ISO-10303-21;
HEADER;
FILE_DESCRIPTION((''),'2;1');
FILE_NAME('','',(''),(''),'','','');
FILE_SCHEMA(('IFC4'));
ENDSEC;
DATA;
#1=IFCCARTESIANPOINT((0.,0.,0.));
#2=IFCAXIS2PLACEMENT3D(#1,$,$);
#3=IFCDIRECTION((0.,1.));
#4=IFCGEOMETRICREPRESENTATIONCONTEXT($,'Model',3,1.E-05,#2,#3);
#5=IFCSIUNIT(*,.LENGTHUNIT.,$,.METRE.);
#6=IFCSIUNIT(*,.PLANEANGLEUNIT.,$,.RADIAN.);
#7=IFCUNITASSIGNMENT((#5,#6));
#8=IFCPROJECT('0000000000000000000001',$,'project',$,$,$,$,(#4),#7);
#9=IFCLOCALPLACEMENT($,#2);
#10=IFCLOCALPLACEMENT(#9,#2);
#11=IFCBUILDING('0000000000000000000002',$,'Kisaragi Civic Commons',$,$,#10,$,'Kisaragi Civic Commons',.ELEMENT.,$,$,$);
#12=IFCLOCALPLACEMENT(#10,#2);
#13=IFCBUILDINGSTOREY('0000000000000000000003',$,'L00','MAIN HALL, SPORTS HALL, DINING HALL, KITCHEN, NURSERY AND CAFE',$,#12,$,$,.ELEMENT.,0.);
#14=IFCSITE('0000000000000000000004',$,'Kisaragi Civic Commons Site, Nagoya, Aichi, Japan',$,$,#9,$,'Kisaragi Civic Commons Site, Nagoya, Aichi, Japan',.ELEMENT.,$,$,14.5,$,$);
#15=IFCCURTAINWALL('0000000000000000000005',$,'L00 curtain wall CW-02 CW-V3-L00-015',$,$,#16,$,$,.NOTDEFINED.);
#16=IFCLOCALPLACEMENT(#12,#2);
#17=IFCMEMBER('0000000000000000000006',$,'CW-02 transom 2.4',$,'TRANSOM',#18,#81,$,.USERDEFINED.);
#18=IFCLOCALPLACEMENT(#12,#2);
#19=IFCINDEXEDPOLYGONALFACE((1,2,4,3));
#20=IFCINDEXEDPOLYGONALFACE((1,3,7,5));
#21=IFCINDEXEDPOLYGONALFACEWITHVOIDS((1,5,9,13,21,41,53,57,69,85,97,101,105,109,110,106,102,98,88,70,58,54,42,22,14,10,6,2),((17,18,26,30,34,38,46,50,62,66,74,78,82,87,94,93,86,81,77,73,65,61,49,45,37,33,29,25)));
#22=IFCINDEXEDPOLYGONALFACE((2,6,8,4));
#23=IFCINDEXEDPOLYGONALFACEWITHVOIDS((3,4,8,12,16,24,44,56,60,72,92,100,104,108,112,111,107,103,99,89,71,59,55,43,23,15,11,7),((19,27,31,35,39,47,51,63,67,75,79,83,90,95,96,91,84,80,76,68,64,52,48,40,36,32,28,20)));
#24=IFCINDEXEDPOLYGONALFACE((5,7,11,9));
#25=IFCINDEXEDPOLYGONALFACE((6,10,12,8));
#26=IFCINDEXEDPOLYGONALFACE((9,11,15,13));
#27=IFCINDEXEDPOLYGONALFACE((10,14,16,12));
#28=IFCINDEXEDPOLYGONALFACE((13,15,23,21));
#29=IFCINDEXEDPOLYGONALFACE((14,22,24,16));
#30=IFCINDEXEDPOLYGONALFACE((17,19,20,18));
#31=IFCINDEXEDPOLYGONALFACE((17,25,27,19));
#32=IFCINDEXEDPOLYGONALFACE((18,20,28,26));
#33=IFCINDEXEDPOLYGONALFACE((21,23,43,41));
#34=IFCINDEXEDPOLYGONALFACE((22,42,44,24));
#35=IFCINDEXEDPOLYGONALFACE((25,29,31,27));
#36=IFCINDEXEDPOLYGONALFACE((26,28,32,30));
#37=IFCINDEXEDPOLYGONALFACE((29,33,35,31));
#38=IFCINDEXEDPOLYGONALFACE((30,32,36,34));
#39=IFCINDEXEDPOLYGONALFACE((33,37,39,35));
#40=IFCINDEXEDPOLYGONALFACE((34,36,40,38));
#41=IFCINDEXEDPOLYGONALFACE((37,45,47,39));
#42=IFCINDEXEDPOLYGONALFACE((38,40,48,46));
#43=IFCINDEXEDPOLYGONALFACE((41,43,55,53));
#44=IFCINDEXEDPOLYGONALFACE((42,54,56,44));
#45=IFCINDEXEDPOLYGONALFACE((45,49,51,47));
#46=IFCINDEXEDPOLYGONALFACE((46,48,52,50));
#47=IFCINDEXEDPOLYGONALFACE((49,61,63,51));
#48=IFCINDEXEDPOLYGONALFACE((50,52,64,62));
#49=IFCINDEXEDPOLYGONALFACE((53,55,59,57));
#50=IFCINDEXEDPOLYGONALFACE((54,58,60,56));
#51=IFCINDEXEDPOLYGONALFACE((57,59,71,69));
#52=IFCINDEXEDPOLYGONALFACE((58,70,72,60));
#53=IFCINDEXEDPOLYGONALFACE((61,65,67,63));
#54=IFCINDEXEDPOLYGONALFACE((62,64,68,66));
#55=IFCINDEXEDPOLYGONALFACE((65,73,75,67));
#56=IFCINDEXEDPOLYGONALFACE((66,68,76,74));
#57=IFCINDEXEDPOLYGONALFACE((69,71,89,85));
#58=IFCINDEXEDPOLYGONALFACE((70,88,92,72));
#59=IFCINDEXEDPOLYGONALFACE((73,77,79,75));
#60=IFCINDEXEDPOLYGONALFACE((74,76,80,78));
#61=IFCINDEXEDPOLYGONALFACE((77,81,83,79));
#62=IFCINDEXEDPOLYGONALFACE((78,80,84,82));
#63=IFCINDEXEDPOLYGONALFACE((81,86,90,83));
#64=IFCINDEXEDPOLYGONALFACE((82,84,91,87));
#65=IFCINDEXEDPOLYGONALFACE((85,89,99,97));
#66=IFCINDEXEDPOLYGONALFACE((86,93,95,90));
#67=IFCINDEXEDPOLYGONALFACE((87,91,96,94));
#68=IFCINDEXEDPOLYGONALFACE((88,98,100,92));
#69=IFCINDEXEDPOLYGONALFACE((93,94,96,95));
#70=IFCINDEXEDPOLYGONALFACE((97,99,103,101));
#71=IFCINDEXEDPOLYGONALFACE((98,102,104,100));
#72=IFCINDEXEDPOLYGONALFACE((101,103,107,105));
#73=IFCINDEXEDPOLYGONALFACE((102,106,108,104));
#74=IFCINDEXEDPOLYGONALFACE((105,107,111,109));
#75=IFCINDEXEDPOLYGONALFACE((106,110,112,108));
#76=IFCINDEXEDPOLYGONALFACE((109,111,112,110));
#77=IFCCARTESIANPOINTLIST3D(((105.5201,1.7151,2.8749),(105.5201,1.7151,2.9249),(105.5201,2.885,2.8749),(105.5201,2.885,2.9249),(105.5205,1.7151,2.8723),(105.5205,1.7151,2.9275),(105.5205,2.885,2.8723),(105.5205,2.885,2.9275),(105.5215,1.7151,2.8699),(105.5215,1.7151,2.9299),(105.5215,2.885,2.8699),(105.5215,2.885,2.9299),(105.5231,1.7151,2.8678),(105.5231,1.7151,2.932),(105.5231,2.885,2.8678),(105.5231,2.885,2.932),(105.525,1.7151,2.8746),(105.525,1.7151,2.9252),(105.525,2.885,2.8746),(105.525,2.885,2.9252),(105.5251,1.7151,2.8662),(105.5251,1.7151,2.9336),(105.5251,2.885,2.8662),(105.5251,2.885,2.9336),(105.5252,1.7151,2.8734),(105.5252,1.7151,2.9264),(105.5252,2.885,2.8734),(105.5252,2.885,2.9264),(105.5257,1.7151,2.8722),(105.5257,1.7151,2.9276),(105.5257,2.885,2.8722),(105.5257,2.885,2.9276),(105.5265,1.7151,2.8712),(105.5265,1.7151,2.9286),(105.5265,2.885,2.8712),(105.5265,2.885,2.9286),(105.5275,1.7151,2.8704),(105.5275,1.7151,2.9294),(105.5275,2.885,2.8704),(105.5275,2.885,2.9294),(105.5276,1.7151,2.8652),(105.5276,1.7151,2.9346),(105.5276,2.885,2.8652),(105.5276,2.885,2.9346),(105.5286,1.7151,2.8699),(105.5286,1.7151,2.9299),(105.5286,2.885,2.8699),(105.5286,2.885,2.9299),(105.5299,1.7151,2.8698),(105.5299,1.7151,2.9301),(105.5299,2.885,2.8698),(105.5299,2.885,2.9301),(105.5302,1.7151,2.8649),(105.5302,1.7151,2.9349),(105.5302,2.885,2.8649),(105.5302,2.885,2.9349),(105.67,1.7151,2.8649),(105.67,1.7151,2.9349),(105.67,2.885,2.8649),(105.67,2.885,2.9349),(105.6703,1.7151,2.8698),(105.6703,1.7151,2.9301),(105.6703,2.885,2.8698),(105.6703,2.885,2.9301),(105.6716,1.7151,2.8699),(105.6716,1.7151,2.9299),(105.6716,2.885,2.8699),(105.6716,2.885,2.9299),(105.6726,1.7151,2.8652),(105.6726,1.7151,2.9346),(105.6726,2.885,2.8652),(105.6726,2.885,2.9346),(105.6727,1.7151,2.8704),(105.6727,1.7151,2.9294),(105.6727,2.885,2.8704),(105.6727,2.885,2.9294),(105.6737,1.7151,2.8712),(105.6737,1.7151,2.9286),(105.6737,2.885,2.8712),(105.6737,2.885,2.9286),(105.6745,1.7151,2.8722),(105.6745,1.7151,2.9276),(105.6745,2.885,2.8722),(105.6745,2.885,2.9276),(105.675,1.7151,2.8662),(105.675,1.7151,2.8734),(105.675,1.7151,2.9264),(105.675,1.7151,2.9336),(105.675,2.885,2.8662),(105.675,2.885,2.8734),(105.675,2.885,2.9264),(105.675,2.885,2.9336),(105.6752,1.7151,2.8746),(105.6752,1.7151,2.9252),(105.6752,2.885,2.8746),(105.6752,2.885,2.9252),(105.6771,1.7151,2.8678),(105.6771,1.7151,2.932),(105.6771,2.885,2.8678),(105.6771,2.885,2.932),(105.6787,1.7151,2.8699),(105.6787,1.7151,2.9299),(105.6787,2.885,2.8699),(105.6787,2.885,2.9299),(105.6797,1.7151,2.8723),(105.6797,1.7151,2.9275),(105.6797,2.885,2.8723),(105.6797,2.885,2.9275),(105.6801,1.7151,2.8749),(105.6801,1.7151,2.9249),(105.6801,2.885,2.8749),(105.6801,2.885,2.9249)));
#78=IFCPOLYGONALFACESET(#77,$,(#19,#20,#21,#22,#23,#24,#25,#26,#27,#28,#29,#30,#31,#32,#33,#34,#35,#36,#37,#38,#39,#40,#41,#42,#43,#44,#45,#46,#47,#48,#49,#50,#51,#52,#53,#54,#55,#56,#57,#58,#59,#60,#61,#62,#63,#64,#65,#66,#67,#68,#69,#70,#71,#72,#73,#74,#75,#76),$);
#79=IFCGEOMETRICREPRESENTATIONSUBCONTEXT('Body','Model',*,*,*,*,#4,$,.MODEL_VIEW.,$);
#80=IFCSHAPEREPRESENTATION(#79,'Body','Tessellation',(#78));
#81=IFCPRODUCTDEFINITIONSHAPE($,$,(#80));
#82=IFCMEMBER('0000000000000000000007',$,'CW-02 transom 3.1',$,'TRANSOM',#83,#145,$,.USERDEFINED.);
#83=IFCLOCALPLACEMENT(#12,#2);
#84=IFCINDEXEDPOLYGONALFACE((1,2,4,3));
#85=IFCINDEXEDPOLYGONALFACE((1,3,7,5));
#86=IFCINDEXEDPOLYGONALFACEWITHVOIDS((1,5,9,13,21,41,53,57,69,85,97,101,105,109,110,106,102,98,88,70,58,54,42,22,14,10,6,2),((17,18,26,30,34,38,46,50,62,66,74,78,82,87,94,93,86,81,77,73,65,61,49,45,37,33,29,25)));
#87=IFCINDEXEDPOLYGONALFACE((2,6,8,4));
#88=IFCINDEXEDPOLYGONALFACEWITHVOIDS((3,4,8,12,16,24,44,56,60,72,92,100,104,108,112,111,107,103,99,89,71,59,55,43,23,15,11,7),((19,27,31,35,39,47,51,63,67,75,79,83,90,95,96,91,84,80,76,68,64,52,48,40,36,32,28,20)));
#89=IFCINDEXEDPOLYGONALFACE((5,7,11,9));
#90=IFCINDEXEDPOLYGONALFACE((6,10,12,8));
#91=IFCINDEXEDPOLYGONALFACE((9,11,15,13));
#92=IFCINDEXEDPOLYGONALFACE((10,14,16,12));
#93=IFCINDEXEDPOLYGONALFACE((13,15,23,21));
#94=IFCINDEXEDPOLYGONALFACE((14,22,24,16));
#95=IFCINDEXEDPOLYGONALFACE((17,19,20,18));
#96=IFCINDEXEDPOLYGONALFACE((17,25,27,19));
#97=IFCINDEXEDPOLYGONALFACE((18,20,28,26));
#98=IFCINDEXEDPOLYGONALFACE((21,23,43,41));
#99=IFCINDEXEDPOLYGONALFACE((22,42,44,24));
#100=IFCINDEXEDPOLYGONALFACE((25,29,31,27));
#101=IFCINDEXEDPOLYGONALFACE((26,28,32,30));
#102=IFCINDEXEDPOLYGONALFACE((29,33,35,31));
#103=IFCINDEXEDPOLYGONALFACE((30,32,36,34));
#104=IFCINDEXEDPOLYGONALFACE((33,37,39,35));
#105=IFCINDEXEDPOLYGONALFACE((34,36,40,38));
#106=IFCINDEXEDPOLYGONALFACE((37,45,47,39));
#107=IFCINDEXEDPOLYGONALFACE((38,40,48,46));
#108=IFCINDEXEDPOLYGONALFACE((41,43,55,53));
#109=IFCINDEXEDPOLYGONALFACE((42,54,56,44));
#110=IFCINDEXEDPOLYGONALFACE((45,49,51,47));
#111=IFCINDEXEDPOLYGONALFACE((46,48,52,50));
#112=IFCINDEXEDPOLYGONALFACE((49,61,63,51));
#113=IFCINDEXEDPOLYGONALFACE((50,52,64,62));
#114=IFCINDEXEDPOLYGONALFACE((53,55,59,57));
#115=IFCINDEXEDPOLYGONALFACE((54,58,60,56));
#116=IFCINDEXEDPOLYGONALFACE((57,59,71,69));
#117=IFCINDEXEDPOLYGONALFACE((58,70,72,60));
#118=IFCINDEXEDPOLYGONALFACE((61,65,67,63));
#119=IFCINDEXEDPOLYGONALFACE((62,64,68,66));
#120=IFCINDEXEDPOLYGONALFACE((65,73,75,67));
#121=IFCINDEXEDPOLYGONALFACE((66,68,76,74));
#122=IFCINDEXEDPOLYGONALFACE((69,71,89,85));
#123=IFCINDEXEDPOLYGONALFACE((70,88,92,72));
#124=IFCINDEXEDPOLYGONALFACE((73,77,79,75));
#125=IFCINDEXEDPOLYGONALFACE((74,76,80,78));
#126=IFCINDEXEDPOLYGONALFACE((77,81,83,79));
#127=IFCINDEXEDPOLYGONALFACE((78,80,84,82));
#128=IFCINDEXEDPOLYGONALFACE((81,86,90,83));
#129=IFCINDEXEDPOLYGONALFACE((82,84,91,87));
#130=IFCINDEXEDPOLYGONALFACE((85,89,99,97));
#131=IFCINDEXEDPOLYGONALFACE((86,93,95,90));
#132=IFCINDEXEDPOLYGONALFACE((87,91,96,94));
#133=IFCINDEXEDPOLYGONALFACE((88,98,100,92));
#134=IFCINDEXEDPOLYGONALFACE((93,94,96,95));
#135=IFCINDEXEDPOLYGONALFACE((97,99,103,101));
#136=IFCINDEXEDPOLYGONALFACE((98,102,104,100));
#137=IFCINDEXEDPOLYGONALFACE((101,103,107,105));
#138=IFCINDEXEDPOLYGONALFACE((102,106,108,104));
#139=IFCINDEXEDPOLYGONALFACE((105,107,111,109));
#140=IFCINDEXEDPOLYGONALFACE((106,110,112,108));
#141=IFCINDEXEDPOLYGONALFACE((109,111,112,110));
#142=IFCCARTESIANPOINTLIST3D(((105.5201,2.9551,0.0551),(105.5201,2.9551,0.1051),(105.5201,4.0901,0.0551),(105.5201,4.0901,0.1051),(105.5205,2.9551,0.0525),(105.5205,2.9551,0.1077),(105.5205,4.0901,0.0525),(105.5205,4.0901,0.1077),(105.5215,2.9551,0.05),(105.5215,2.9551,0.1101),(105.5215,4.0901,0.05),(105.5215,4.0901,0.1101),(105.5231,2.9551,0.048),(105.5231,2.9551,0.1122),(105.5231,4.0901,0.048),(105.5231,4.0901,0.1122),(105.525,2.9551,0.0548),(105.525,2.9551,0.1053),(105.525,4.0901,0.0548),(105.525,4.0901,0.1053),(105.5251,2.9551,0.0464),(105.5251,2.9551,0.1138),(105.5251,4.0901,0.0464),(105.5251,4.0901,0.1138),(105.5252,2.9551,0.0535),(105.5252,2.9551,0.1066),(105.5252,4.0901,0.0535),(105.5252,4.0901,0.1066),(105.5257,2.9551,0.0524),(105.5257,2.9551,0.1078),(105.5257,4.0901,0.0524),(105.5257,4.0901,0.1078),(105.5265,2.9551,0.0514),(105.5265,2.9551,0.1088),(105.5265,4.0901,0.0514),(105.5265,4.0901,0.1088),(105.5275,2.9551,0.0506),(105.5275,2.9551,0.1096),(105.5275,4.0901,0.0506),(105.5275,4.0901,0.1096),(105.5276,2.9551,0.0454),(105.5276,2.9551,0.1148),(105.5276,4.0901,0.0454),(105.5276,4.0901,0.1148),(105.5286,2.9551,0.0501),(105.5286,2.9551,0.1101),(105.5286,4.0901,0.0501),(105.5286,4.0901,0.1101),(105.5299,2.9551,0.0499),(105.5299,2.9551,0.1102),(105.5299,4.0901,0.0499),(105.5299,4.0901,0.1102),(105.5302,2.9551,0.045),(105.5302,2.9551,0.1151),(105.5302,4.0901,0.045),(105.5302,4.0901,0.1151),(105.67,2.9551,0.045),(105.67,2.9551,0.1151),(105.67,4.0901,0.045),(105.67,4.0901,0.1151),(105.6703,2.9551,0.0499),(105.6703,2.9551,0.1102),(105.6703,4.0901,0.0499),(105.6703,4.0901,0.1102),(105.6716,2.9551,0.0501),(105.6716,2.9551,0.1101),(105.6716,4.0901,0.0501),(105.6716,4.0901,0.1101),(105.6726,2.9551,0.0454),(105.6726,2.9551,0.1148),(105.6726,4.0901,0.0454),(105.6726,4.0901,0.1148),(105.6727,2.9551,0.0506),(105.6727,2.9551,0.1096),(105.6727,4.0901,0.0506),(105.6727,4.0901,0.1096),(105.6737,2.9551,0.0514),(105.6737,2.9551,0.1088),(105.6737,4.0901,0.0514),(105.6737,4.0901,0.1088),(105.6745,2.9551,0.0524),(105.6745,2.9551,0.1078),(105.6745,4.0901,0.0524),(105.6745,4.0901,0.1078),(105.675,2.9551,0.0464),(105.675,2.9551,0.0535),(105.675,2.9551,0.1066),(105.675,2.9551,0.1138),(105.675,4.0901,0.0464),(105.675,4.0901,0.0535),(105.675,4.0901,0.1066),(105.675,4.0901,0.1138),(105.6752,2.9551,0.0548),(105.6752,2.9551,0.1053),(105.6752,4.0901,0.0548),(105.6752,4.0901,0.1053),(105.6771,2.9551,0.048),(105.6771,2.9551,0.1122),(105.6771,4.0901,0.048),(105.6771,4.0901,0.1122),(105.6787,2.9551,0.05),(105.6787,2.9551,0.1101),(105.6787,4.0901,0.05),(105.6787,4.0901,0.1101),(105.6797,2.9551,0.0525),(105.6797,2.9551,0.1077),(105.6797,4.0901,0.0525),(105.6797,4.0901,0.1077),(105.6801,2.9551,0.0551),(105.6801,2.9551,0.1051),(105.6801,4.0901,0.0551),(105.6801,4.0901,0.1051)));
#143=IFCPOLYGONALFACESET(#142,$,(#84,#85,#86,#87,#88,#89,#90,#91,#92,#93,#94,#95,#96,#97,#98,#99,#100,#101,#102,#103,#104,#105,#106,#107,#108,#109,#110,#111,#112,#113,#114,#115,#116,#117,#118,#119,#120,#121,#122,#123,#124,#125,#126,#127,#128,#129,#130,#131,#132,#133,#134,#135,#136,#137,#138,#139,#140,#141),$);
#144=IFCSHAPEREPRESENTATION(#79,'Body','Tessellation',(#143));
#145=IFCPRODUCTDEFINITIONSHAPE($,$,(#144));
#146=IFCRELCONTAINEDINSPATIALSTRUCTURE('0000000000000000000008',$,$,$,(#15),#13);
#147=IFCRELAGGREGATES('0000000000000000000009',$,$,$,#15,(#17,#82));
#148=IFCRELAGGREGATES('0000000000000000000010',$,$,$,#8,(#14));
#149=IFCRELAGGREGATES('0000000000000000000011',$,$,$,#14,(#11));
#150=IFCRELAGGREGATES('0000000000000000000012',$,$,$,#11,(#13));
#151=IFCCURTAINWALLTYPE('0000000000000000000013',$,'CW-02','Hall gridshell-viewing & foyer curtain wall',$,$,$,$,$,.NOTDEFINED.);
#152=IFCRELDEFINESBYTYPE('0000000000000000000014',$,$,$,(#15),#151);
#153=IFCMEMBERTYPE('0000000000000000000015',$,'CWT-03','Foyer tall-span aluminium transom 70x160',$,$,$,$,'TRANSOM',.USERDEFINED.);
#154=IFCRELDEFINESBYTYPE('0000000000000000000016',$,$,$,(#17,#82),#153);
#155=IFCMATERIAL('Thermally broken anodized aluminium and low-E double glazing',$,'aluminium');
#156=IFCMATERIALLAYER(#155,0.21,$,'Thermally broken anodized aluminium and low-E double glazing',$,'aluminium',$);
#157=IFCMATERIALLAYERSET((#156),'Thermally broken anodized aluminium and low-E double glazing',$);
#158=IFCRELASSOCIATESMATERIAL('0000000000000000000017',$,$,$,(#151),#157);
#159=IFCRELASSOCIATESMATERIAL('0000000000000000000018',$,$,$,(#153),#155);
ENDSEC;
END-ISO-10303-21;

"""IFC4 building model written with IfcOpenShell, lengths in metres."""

from ifc_helpers import new_model, si_unit, direction, frame, origin, origin_2d, place, context, subcontext, project, spatial, hollow_rectangle, extrude, material, layer, layer_set, material_profile, profile_set, type_object, element, aggregate, save


model = new_model("IFC4")

# Units and contexts
model_context = context("Model", 3, precision=1e-05, world=origin(), true_north=direction((0.0, 1.0)))
body_context = subcontext(model_context, "Body", "Model", "MODEL_VIEW")
ifc_project = project(units=[si_unit("LENGTHUNIT", "METRE"), si_unit("PLANEANGLEUNIT", "RADIAN")], contexts=[model_context])

# Site, building, storey
site_placement = place(None, origin())
site = spatial("IfcSite", under=ifc_project, at=site_placement, Name="Kisaragi Civic Commons Site, Nagoya, Aichi, Japan", LongName="Kisaragi Civic Commons Site, Nagoya, Aichi, Japan", CompositionType="ELEMENT", RefElevation=14.5)
building_placement = place(site_placement, origin())
building = spatial("IfcBuilding", under=site, at=building_placement, Name="Kisaragi Civic Commons", LongName="Kisaragi Civic Commons", CompositionType="ELEMENT")
storey_placement = place(building_placement, origin())
storey = spatial("IfcBuildingStorey", under=building, at=storey_placement, Name="L00", Description="MAIN HALL, SPORTS HALL, DINING HALL, KITCHEN, NURSERY AND CAFE", CompositionType="ELEMENT", Elevation=0.0)

# Curtain wall
ifc_material_1 = material(Name="Thermally broken anodized aluminium and low-E double glazing", Category="aluminium")
ifc_layer_1 = layer(ifc_material_1, 0.21, Name="Thermally broken anodized aluminium and low-E double glazing", Category="aluminium")
ifc_layer_set_1 = layer_set([ifc_layer_1], Name="Thermally broken anodized aluminium and low-E double glazing")
curtain_wall_type = type_object("IfcCurtainWallType", Name="CW-02", Description="Hall gridshell-viewing & foyer curtain wall", PredefinedType="NOTDEFINED", material=ifc_layer_set_1)
curtain_wall_1_placement = place(storey_placement, origin())
curtain_wall_1 = element("IfcCurtainWall", 1, at=curtain_wall_1_placement, inside=storey, type_object=curtain_wall_type, Name="L00 curtain wall CW-02 CW-V3-L00-015", PredefinedType="NOTDEFINED")

# Members
ifc_material_profile_1 = material_profile(ifc_material_1, hollow_rectangle(XDim=0.1599, YDim=0.0701, WallThickness=0.0049, InnerFilletRadius=0.0049, OuterFilletRadius=0.01, at=origin_2d()), Name="CWT-70x160x5", Category="aluminium")
ifc_profile_set_1 = profile_set([ifc_material_profile_1], Name="Thermally broken anodized aluminium and low-E double glazing")
member_type_1 = type_object("IfcMemberType", Name="CWT-03", Description="Foyer tall-span aluminium transom 70x160", ElementType="TRANSOM", PredefinedType="USERDEFINED", material=ifc_profile_set_1)
member_1_placement = place(storey_placement, frame((105.6001, 1.7151, 2.8999), z_axis=(0.0, 1.0, 0.0), x_axis=(-1.0, 0.0, 0.0)))
member_1 = element("IfcMember", 2, at=member_1_placement, type_object=member_type_1, Name="CW-02 transom 2.4", ObjectType="TRANSOM", PredefinedType="USERDEFINED", context=body_context, shape_type="SweptSolid", body=[
    extrude(hollow_rectangle(XDim=0.1599, YDim=0.0701, WallThickness=0.0049, InnerFilletRadius=0.0049, OuterFilletRadius=0.01, at=origin_2d()), origin(), (0.0, 0.0, 1.0), 1.1699),
])
member_2_placement = place(storey_placement, frame((105.6001, 2.9551, 0.0801), z_axis=(0.0, 1.0, 0.0), x_axis=(-1.0, 0.0, 0.0)))
member_2 = element("IfcMember", 3, at=member_2_placement, type_object=member_type_1, Name="CW-02 transom 3.1", ObjectType="TRANSOM", PredefinedType="USERDEFINED", context=body_context, shape_type="SweptSolid", body=[
    extrude(hollow_rectangle(XDim=0.1599, YDim=0.0701, WallThickness=0.0049, InnerFilletRadius=0.0049, OuterFilletRadius=0.01, at=origin_2d()), origin(), (0.0, 0.0, 1.0), 1.135),
])

aggregate(curtain_wall_1, [member_1, member_2])

save(model, "model.ifc")
